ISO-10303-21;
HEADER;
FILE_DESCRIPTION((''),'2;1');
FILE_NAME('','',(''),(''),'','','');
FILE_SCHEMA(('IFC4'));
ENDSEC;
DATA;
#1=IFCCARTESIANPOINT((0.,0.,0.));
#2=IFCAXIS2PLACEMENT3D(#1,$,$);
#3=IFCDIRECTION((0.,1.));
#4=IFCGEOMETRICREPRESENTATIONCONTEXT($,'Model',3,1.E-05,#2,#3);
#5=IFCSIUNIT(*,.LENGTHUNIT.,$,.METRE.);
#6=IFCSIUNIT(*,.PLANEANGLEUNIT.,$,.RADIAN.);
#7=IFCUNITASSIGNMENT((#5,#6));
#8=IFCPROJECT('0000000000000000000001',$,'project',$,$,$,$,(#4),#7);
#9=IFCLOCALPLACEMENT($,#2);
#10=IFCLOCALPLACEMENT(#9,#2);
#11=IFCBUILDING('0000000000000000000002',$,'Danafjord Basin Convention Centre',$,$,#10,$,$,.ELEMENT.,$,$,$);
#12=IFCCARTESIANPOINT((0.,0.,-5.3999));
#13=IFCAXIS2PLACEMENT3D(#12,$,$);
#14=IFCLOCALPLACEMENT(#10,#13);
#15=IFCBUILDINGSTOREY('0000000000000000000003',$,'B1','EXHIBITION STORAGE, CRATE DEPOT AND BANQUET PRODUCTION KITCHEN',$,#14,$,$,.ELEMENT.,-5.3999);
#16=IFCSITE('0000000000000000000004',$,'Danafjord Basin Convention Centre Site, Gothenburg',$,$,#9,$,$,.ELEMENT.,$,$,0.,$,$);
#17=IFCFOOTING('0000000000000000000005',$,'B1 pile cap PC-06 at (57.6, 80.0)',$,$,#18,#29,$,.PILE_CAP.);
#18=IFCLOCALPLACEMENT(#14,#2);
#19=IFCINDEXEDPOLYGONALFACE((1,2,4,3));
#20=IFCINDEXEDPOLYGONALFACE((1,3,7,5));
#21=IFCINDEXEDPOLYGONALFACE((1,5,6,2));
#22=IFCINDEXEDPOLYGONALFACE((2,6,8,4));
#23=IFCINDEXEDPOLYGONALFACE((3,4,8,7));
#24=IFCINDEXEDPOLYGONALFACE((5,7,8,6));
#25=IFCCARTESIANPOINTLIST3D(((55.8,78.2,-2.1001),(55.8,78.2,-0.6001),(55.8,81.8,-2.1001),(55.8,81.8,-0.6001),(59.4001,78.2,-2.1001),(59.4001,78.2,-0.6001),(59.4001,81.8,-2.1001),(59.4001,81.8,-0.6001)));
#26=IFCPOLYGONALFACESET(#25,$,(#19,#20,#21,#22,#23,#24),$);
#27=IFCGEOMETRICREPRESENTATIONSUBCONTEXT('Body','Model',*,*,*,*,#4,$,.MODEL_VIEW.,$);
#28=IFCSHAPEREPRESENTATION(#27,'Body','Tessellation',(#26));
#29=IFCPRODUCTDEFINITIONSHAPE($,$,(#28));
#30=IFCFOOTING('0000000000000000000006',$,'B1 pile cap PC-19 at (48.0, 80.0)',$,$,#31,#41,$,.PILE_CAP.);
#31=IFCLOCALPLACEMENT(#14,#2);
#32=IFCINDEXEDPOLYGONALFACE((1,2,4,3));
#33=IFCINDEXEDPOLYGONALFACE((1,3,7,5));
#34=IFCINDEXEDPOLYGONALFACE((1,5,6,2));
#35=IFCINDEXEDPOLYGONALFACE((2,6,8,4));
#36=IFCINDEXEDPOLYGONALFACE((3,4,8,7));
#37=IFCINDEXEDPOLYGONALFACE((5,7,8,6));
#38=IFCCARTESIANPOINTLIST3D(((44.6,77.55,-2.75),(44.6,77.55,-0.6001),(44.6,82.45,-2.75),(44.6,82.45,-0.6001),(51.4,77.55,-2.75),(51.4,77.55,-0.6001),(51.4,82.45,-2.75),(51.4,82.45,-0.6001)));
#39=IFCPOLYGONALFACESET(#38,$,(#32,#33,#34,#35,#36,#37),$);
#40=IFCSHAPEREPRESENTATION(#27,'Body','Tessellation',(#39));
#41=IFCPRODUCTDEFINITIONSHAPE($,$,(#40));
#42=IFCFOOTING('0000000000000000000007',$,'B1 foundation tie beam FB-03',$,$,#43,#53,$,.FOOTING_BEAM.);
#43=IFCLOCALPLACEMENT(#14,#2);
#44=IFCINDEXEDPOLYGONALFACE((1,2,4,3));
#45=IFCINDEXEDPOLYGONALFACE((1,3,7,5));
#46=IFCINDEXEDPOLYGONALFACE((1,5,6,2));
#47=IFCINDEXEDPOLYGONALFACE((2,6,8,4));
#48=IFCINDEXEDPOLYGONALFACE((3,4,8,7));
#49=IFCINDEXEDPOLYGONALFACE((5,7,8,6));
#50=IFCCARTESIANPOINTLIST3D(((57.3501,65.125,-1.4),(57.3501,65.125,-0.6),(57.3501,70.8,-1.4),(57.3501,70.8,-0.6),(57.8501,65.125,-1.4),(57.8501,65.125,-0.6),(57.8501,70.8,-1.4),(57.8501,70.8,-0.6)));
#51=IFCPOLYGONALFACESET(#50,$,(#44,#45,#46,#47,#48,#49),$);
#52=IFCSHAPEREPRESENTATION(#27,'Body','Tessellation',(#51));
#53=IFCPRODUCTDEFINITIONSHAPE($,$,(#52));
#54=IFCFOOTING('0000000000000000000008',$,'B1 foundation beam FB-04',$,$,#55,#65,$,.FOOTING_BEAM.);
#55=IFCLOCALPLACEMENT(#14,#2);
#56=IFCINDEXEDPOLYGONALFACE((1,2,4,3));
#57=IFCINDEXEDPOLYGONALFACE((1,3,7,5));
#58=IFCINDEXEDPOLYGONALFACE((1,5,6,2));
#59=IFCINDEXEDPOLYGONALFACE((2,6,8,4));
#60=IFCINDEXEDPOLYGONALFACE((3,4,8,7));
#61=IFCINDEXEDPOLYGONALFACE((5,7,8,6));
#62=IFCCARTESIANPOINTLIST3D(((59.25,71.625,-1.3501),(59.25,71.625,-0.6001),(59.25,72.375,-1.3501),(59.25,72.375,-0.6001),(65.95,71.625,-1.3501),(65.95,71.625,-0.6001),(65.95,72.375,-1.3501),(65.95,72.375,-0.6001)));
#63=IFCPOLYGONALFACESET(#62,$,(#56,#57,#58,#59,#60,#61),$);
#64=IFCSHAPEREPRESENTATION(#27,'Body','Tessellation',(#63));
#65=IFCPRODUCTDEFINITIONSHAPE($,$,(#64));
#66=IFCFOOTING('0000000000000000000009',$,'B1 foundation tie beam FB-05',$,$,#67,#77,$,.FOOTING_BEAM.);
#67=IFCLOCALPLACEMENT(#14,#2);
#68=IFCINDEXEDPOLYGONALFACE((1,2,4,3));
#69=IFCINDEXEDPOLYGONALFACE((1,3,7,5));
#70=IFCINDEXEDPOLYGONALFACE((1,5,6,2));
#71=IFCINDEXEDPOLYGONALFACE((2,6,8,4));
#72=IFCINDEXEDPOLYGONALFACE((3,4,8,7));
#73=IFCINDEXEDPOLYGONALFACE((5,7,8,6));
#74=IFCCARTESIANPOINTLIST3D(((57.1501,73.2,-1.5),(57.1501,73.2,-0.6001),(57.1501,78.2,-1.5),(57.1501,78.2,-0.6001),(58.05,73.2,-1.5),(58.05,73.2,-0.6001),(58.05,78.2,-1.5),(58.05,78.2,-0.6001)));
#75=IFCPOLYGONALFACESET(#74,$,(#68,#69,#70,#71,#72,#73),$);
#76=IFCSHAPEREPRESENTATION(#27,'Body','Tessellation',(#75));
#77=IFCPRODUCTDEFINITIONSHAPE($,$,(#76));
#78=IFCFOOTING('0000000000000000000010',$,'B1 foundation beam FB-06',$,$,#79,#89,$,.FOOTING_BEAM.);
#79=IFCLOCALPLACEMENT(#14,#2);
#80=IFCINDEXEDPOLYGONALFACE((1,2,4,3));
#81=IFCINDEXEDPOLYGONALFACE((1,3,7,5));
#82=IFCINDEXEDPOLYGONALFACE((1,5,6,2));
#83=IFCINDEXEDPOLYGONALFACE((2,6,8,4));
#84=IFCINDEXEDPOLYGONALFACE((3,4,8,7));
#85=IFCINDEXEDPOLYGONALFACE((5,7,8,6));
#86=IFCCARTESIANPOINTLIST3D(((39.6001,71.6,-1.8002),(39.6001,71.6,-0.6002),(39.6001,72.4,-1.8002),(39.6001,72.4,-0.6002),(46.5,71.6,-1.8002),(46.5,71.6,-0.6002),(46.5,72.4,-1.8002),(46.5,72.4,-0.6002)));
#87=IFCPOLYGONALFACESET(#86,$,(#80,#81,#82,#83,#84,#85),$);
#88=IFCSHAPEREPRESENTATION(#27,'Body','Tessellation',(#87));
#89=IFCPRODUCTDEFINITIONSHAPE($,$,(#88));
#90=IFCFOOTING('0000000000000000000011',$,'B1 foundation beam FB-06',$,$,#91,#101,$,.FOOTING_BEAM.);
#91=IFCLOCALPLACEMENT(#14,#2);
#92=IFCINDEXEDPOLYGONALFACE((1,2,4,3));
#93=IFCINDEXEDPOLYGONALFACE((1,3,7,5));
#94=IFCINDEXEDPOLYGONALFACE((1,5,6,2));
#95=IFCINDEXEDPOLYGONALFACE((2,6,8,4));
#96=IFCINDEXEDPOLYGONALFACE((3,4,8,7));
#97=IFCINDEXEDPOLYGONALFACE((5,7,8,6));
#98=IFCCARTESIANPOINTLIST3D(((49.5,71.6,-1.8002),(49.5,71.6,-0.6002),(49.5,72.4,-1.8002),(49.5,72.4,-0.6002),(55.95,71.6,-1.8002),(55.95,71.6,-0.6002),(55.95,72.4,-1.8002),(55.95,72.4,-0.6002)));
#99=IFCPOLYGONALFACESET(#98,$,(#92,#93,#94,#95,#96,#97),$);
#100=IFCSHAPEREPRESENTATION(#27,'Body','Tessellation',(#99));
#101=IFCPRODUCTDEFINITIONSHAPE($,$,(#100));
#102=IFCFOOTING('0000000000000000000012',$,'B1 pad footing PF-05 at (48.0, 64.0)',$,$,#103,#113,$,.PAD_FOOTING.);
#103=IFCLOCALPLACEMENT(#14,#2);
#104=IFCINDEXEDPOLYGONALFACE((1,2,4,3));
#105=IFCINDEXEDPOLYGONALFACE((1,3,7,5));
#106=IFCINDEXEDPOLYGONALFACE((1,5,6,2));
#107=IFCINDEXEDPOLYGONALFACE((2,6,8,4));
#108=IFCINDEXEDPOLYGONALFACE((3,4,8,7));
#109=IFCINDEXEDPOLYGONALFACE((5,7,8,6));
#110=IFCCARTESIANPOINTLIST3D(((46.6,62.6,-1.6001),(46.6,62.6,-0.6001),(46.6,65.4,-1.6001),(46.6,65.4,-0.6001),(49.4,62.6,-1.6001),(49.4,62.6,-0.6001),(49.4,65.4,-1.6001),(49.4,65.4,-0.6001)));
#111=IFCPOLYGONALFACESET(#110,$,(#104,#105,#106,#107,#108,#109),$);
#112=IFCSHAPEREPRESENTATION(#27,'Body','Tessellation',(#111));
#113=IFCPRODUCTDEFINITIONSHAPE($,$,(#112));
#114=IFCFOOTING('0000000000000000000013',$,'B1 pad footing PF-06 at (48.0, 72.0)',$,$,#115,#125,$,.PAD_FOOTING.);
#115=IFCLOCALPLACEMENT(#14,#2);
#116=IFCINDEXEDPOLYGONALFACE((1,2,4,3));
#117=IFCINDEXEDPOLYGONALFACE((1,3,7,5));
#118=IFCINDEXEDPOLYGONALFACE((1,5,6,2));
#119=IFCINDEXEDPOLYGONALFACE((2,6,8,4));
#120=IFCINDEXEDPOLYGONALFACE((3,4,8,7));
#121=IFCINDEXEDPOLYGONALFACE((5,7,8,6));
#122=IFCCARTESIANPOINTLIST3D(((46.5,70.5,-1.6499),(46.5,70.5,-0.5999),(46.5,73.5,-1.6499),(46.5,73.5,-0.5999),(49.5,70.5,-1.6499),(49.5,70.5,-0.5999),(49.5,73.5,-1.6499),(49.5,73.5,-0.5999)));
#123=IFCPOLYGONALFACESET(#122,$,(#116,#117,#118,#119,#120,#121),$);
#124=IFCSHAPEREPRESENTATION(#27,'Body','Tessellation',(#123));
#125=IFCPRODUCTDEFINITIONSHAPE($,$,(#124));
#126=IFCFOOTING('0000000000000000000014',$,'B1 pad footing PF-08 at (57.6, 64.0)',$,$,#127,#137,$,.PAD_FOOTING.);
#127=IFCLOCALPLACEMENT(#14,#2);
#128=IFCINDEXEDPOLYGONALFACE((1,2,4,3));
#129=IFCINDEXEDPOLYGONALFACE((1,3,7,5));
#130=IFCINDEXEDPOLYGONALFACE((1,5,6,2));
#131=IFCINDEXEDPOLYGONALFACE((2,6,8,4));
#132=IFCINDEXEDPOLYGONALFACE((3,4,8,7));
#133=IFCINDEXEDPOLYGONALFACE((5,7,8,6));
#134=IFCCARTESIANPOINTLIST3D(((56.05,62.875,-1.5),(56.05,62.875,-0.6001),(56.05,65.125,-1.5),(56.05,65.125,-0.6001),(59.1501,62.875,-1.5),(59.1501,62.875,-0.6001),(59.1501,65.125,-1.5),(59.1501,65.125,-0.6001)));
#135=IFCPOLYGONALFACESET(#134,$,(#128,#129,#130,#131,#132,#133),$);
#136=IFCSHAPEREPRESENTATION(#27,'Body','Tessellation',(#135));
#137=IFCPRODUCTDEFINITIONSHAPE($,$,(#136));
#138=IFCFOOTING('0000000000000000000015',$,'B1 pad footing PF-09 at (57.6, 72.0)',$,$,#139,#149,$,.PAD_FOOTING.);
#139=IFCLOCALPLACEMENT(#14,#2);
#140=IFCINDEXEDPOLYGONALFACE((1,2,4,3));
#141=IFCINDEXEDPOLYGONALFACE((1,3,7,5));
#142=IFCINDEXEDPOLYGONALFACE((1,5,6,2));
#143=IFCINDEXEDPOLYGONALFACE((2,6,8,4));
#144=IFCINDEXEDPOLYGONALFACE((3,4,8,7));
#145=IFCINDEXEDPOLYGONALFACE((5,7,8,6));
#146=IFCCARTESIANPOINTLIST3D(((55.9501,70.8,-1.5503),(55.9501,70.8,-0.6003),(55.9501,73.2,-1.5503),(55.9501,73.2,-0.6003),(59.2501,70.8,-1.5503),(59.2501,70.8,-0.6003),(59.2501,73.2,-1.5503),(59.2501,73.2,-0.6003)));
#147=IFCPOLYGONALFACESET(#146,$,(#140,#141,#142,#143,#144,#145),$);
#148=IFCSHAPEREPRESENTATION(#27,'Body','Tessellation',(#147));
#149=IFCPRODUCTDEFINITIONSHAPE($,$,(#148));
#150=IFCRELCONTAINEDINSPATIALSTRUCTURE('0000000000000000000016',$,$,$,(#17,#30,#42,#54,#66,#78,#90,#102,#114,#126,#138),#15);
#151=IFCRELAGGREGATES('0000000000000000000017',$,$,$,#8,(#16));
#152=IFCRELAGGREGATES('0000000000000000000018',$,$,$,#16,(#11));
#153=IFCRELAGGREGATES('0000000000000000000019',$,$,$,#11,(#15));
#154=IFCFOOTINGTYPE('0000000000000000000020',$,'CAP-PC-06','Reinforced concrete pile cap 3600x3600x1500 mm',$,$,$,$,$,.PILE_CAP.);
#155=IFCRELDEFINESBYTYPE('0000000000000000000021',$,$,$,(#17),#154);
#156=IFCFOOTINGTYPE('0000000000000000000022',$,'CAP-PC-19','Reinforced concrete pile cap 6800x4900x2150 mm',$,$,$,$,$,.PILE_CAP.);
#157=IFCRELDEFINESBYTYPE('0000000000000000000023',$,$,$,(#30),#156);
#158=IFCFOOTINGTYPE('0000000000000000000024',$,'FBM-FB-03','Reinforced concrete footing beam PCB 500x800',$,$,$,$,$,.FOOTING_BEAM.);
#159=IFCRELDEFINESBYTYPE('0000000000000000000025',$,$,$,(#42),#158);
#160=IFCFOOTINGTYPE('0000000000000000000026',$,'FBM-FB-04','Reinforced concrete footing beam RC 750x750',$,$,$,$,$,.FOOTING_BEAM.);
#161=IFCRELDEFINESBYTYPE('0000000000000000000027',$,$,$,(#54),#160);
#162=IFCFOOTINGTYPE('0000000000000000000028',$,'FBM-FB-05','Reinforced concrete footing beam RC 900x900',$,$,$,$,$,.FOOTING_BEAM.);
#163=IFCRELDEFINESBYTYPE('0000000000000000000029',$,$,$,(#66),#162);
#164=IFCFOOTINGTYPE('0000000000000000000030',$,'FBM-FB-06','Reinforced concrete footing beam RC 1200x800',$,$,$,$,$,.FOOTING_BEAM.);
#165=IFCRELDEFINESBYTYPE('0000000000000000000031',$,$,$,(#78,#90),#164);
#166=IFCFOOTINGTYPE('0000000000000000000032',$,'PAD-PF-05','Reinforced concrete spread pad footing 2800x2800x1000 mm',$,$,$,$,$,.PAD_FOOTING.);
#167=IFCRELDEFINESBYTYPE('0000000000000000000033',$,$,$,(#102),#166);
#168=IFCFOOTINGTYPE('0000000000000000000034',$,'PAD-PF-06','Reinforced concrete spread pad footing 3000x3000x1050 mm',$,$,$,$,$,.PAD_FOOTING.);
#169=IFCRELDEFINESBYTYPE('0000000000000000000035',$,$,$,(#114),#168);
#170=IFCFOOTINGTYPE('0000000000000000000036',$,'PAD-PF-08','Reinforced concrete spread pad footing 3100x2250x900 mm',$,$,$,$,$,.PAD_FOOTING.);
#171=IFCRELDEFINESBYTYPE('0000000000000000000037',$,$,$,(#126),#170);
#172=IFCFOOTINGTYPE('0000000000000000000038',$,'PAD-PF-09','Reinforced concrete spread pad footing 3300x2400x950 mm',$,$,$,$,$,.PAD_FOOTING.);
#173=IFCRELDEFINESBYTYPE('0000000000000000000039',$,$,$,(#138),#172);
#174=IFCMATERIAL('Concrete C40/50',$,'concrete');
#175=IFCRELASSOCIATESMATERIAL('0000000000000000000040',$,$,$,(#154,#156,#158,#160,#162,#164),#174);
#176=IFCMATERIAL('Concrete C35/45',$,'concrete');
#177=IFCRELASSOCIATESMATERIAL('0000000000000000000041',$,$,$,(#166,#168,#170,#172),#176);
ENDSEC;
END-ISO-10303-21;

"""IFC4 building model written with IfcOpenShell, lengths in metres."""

from ifc_helpers import new_model, si_unit, direction, frame, origin, origin_2d, place, context, subcontext, project, spatial, rectangle, extrude, material, material_profile, profile_set, type_object, element, save


model = new_model("IFC4")

# Units and contexts
model_context = context("Model", 3, precision=1e-05, world=origin(), true_north=direction((0.0, 1.0)))
body_context = subcontext(model_context, "Body", "Model", "MODEL_VIEW")
ifc_project = project(units=[si_unit("LENGTHUNIT", "METRE"), si_unit("PLANEANGLEUNIT", "RADIAN")], contexts=[model_context])

# Site, building, storey
site_placement = place(None, origin())
site = spatial("IfcSite", under=ifc_project, at=site_placement, Name="Danafjord Basin Convention Centre Site, Gothenburg", CompositionType="ELEMENT", RefElevation=0.0)
building_placement = place(site_placement, origin())
building = spatial("IfcBuilding", under=site, at=building_placement, Name="Danafjord Basin Convention Centre", CompositionType="ELEMENT")
storey_placement = place(building_placement, frame((0.0, 0.0, -5.3999)))
storey = spatial("IfcBuildingStorey", under=building, at=storey_placement, Name="B1", Description="EXHIBITION STORAGE, CRATE DEPOT AND BANQUET PRODUCTION KITCHEN", CompositionType="ELEMENT", Elevation=-5.3999)

# Footings
ifc_material_1 = material(Name="Concrete C40/50", Category="concrete")
footing_type_1 = type_object("IfcFootingType", Name="CAP-PC-06", Description="Reinforced concrete pile cap 3600x3600x1500 mm", PredefinedType="PILE_CAP", material=ifc_material_1)
footing_1_placement = place(storey_placement, frame((57.6001, 80.0, -2.1001), z_axis=(0.0, 0.0, 1.0), x_axis=(1.0, 0.0, 0.0)))
element("IfcFooting", 1, at=footing_1_placement, inside=storey, type_object=footing_type_1, Name="B1 pile cap PC-06 at (57.6, 80.0)", PredefinedType="PILE_CAP", context=body_context, shape_type="SweptSolid", body=[
    extrude(rectangle(XDim=3.6001, YDim=3.6001, at=origin_2d()), origin(), (0.0, 0.0, 1.0), 1.5),
])
footing_type_2 = type_object("IfcFootingType", Name="CAP-PC-19", Description="Reinforced concrete pile cap 6800x4900x2150 mm", PredefinedType="PILE_CAP", material=ifc_material_1)
footing_2_placement = place(storey_placement, frame((48.0, 80.0, -2.75), z_axis=(0.0, 0.0, 1.0), x_axis=(1.0, 0.0, 0.0)))
element("IfcFooting", 2, at=footing_2_placement, inside=storey, type_object=footing_type_2, Name="B1 pile cap PC-19 at (48.0, 80.0)", PredefinedType="PILE_CAP", context=body_context, shape_type="SweptSolid", body=[
    extrude(rectangle(XDim=6.8, YDim=4.8999, at=origin_2d()), origin(), (0.0, 0.0, 1.0), 2.1499),
])
ifc_material_profile_1 = material_profile(ifc_material_1, rectangle(XDim=0.5, YDim=0.8, at=origin_2d()), Name="PCB 500x800")
ifc_profile_set_1 = profile_set([ifc_material_profile_1], Name="Concrete C40/50")
footing_type_3 = type_object("IfcFootingType", Name="FBM-FB-03", Description="Reinforced concrete footing beam PCB 500x800", PredefinedType="FOOTING_BEAM", material=ifc_profile_set_1)
footing_3_placement = place(storey_placement, frame((57.6001, 65.125, -1.0), z_axis=(0.0, 1.0, 0.0), x_axis=(-1.0, 0.0, 0.0)))
element("IfcFooting", 3, at=footing_3_placement, inside=storey, type_object=footing_type_3, Name="B1 foundation tie beam FB-03", PredefinedType="FOOTING_BEAM", context=body_context, shape_type="SweptSolid", body=[
    extrude(rectangle(XDim=0.5, YDim=0.8, at=origin_2d()), origin(), (0.0, 0.0, 1.0), 5.675),
])
ifc_material_profile_2 = material_profile(ifc_material_1, rectangle(XDim=0.75, YDim=0.75, at=origin_2d()), Name="RC 750x750")
ifc_profile_set_2 = profile_set([ifc_material_profile_2], Name="Concrete C40/50")
footing_type_4 = type_object("IfcFootingType", Name="FBM-FB-04", Description="Reinforced concrete footing beam RC 750x750", PredefinedType="FOOTING_BEAM", material=ifc_profile_set_2)
footing_4_placement = place(storey_placement, frame((59.25, 72.0, -0.9751), z_axis=(1.0, 0.0, 0.0), x_axis=(0.0, 1.0, 0.0)))
element("IfcFooting", 4, at=footing_4_placement, inside=storey, type_object=footing_type_4, Name="B1 foundation beam FB-04", PredefinedType="FOOTING_BEAM", context=body_context, shape_type="SweptSolid", body=[
    extrude(rectangle(XDim=0.75, YDim=0.75, at=origin_2d()), origin(), (0.0, 0.0, 1.0), 6.7),
])
ifc_material_profile_3 = material_profile(ifc_material_1, rectangle(XDim=0.8999, YDim=0.8999, at=origin_2d()), Name="RC 900x900")
ifc_profile_set_3 = profile_set([ifc_material_profile_3], Name="Concrete C40/50")
footing_type_5 = type_object("IfcFootingType", Name="FBM-FB-05", Description="Reinforced concrete footing beam RC 900x900", PredefinedType="FOOTING_BEAM", material=ifc_profile_set_3)
footing_5_placement = place(storey_placement, frame((57.6001, 73.2, -1.05), z_axis=(0.0, 1.0, 0.0), x_axis=(-1.0, 0.0, 0.0)))
element("IfcFooting", 5, at=footing_5_placement, inside=storey, type_object=footing_type_5, Name="B1 foundation tie beam FB-05", PredefinedType="FOOTING_BEAM", context=body_context, shape_type="SweptSolid", body=[
    extrude(rectangle(XDim=0.8999, YDim=0.8999, at=origin_2d()), origin(), (0.0, 0.0, 1.0), 5.0),
])
ifc_material_profile_4 = material_profile(ifc_material_1, rectangle(XDim=0.8, YDim=1.2, at=origin_2d()), Name="RC 1200x800")
ifc_profile_set_4 = profile_set([ifc_material_profile_4], Name="Concrete C40/50")
footing_type_6 = type_object("IfcFootingType", Name="FBM-FB-06", Description="Reinforced concrete footing beam RC 1200x800", PredefinedType="FOOTING_BEAM", material=ifc_profile_set_4)
footing_6_placement = place(storey_placement, frame((39.6001, 72.0, -1.2002), z_axis=(1.0, 0.0, 0.0), x_axis=(0.0, 1.0, 0.0)))
element("IfcFooting", 6, at=footing_6_placement, inside=storey, type_object=footing_type_6, Name="B1 foundation beam FB-06", PredefinedType="FOOTING_BEAM", context=body_context, shape_type="SweptSolid", body=[
    extrude(rectangle(XDim=0.8, YDim=1.2, at=origin_2d()), origin(), (0.0, 0.0, 1.0), 6.8999),
])
footing_7_placement = place(storey_placement, frame((49.5, 72.0, -1.2002), z_axis=(1.0, 0.0, 0.0), x_axis=(0.0, 1.0, 0.0)))
element("IfcFooting", 7, at=footing_7_placement, inside=storey, type_object=footing_type_6, Name="B1 foundation beam FB-06", PredefinedType="FOOTING_BEAM", context=body_context, shape_type="SweptSolid", body=[
    extrude(rectangle(XDim=0.8, YDim=1.2, at=origin_2d()), origin(), (0.0, 0.0, 1.0), 6.45),
])
ifc_material_2 = material(Name="Concrete C35/45", Category="concrete")
footing_type_7 = type_object("IfcFootingType", Name="PAD-PF-05", Description="Reinforced concrete spread pad footing 2800x2800x1000 mm", PredefinedType="PAD_FOOTING", material=ifc_material_2)
footing_8_placement = place(storey_placement, frame((48.0, 64.0, -1.6001), z_axis=(0.0, 0.0, 1.0), x_axis=(1.0, 0.0, 0.0)))
element("IfcFooting", 8, at=footing_8_placement, inside=storey, type_object=footing_type_7, Name="B1 pad footing PF-05 at (48.0, 64.0)", PredefinedType="PAD_FOOTING", context=body_context, shape_type="SweptSolid", body=[
    extrude(rectangle(XDim=2.8, YDim=2.8, at=origin_2d()), origin(), (0.0, 0.0, 1.0), 1.0),
])
footing_type_8 = type_object("IfcFootingType", Name="PAD-PF-06", Description="Reinforced concrete spread pad footing 3000x3000x1050 mm", PredefinedType="PAD_FOOTING", material=ifc_material_2)
footing_9_placement = place(storey_placement, frame((48.0, 72.0, -1.6499), z_axis=(0.0, 0.0, 1.0), x_axis=(1.0, 0.0, 0.0)))
element("IfcFooting", 9, at=footing_9_placement, inside=storey, type_object=footing_type_8, Name="B1 pad footing PF-06 at (48.0, 72.0)", PredefinedType="PAD_FOOTING", context=body_context, shape_type="SweptSolid", body=[
    extrude(rectangle(XDim=3.0, YDim=3.0, at=origin_2d()), origin(), (0.0, 0.0, 1.0), 1.05),
])
footing_type_9 = type_object("IfcFootingType", Name="PAD-PF-08", Description="Reinforced concrete spread pad footing 3100x2250x900 mm", PredefinedType="PAD_FOOTING", material=ifc_material_2)
footing_10_placement = place(storey_placement, frame((57.6001, 64.0, -1.5), z_axis=(0.0, 0.0, 1.0), x_axis=(1.0, 0.0, 0.0)))
element("IfcFooting", 10, at=footing_10_placement, inside=storey, type_object=footing_type_9, Name="B1 pad footing PF-08 at (57.6, 64.0)", PredefinedType="PAD_FOOTING", context=body_context, shape_type="SweptSolid", body=[
    extrude(rectangle(XDim=3.1001, YDim=2.25, at=origin_2d()), origin(), (0.0, 0.0, 1.0), 0.8999),
])
footing_type_10 = type_object("IfcFootingType", Name="PAD-PF-09", Description="Reinforced concrete spread pad footing 3300x2400x950 mm", PredefinedType="PAD_FOOTING", material=ifc_material_2)
footing_11_placement = place(storey_placement, frame((57.6001, 72.0, -1.5503), z_axis=(0.0, 0.0, 1.0), x_axis=(1.0, 0.0, 0.0)))
element("IfcFooting", 11, at=footing_11_placement, inside=storey, type_object=footing_type_10, Name="B1 pad footing PF-09 at (57.6, 72.0)", PredefinedType="PAD_FOOTING", context=body_context, shape_type="SweptSolid", body=[
    extrude(rectangle(XDim=3.3, YDim=2.3999, at=origin_2d()), origin(), (0.0, 0.0, 1.0), 0.95),
])

save(model, "model.ifc")
